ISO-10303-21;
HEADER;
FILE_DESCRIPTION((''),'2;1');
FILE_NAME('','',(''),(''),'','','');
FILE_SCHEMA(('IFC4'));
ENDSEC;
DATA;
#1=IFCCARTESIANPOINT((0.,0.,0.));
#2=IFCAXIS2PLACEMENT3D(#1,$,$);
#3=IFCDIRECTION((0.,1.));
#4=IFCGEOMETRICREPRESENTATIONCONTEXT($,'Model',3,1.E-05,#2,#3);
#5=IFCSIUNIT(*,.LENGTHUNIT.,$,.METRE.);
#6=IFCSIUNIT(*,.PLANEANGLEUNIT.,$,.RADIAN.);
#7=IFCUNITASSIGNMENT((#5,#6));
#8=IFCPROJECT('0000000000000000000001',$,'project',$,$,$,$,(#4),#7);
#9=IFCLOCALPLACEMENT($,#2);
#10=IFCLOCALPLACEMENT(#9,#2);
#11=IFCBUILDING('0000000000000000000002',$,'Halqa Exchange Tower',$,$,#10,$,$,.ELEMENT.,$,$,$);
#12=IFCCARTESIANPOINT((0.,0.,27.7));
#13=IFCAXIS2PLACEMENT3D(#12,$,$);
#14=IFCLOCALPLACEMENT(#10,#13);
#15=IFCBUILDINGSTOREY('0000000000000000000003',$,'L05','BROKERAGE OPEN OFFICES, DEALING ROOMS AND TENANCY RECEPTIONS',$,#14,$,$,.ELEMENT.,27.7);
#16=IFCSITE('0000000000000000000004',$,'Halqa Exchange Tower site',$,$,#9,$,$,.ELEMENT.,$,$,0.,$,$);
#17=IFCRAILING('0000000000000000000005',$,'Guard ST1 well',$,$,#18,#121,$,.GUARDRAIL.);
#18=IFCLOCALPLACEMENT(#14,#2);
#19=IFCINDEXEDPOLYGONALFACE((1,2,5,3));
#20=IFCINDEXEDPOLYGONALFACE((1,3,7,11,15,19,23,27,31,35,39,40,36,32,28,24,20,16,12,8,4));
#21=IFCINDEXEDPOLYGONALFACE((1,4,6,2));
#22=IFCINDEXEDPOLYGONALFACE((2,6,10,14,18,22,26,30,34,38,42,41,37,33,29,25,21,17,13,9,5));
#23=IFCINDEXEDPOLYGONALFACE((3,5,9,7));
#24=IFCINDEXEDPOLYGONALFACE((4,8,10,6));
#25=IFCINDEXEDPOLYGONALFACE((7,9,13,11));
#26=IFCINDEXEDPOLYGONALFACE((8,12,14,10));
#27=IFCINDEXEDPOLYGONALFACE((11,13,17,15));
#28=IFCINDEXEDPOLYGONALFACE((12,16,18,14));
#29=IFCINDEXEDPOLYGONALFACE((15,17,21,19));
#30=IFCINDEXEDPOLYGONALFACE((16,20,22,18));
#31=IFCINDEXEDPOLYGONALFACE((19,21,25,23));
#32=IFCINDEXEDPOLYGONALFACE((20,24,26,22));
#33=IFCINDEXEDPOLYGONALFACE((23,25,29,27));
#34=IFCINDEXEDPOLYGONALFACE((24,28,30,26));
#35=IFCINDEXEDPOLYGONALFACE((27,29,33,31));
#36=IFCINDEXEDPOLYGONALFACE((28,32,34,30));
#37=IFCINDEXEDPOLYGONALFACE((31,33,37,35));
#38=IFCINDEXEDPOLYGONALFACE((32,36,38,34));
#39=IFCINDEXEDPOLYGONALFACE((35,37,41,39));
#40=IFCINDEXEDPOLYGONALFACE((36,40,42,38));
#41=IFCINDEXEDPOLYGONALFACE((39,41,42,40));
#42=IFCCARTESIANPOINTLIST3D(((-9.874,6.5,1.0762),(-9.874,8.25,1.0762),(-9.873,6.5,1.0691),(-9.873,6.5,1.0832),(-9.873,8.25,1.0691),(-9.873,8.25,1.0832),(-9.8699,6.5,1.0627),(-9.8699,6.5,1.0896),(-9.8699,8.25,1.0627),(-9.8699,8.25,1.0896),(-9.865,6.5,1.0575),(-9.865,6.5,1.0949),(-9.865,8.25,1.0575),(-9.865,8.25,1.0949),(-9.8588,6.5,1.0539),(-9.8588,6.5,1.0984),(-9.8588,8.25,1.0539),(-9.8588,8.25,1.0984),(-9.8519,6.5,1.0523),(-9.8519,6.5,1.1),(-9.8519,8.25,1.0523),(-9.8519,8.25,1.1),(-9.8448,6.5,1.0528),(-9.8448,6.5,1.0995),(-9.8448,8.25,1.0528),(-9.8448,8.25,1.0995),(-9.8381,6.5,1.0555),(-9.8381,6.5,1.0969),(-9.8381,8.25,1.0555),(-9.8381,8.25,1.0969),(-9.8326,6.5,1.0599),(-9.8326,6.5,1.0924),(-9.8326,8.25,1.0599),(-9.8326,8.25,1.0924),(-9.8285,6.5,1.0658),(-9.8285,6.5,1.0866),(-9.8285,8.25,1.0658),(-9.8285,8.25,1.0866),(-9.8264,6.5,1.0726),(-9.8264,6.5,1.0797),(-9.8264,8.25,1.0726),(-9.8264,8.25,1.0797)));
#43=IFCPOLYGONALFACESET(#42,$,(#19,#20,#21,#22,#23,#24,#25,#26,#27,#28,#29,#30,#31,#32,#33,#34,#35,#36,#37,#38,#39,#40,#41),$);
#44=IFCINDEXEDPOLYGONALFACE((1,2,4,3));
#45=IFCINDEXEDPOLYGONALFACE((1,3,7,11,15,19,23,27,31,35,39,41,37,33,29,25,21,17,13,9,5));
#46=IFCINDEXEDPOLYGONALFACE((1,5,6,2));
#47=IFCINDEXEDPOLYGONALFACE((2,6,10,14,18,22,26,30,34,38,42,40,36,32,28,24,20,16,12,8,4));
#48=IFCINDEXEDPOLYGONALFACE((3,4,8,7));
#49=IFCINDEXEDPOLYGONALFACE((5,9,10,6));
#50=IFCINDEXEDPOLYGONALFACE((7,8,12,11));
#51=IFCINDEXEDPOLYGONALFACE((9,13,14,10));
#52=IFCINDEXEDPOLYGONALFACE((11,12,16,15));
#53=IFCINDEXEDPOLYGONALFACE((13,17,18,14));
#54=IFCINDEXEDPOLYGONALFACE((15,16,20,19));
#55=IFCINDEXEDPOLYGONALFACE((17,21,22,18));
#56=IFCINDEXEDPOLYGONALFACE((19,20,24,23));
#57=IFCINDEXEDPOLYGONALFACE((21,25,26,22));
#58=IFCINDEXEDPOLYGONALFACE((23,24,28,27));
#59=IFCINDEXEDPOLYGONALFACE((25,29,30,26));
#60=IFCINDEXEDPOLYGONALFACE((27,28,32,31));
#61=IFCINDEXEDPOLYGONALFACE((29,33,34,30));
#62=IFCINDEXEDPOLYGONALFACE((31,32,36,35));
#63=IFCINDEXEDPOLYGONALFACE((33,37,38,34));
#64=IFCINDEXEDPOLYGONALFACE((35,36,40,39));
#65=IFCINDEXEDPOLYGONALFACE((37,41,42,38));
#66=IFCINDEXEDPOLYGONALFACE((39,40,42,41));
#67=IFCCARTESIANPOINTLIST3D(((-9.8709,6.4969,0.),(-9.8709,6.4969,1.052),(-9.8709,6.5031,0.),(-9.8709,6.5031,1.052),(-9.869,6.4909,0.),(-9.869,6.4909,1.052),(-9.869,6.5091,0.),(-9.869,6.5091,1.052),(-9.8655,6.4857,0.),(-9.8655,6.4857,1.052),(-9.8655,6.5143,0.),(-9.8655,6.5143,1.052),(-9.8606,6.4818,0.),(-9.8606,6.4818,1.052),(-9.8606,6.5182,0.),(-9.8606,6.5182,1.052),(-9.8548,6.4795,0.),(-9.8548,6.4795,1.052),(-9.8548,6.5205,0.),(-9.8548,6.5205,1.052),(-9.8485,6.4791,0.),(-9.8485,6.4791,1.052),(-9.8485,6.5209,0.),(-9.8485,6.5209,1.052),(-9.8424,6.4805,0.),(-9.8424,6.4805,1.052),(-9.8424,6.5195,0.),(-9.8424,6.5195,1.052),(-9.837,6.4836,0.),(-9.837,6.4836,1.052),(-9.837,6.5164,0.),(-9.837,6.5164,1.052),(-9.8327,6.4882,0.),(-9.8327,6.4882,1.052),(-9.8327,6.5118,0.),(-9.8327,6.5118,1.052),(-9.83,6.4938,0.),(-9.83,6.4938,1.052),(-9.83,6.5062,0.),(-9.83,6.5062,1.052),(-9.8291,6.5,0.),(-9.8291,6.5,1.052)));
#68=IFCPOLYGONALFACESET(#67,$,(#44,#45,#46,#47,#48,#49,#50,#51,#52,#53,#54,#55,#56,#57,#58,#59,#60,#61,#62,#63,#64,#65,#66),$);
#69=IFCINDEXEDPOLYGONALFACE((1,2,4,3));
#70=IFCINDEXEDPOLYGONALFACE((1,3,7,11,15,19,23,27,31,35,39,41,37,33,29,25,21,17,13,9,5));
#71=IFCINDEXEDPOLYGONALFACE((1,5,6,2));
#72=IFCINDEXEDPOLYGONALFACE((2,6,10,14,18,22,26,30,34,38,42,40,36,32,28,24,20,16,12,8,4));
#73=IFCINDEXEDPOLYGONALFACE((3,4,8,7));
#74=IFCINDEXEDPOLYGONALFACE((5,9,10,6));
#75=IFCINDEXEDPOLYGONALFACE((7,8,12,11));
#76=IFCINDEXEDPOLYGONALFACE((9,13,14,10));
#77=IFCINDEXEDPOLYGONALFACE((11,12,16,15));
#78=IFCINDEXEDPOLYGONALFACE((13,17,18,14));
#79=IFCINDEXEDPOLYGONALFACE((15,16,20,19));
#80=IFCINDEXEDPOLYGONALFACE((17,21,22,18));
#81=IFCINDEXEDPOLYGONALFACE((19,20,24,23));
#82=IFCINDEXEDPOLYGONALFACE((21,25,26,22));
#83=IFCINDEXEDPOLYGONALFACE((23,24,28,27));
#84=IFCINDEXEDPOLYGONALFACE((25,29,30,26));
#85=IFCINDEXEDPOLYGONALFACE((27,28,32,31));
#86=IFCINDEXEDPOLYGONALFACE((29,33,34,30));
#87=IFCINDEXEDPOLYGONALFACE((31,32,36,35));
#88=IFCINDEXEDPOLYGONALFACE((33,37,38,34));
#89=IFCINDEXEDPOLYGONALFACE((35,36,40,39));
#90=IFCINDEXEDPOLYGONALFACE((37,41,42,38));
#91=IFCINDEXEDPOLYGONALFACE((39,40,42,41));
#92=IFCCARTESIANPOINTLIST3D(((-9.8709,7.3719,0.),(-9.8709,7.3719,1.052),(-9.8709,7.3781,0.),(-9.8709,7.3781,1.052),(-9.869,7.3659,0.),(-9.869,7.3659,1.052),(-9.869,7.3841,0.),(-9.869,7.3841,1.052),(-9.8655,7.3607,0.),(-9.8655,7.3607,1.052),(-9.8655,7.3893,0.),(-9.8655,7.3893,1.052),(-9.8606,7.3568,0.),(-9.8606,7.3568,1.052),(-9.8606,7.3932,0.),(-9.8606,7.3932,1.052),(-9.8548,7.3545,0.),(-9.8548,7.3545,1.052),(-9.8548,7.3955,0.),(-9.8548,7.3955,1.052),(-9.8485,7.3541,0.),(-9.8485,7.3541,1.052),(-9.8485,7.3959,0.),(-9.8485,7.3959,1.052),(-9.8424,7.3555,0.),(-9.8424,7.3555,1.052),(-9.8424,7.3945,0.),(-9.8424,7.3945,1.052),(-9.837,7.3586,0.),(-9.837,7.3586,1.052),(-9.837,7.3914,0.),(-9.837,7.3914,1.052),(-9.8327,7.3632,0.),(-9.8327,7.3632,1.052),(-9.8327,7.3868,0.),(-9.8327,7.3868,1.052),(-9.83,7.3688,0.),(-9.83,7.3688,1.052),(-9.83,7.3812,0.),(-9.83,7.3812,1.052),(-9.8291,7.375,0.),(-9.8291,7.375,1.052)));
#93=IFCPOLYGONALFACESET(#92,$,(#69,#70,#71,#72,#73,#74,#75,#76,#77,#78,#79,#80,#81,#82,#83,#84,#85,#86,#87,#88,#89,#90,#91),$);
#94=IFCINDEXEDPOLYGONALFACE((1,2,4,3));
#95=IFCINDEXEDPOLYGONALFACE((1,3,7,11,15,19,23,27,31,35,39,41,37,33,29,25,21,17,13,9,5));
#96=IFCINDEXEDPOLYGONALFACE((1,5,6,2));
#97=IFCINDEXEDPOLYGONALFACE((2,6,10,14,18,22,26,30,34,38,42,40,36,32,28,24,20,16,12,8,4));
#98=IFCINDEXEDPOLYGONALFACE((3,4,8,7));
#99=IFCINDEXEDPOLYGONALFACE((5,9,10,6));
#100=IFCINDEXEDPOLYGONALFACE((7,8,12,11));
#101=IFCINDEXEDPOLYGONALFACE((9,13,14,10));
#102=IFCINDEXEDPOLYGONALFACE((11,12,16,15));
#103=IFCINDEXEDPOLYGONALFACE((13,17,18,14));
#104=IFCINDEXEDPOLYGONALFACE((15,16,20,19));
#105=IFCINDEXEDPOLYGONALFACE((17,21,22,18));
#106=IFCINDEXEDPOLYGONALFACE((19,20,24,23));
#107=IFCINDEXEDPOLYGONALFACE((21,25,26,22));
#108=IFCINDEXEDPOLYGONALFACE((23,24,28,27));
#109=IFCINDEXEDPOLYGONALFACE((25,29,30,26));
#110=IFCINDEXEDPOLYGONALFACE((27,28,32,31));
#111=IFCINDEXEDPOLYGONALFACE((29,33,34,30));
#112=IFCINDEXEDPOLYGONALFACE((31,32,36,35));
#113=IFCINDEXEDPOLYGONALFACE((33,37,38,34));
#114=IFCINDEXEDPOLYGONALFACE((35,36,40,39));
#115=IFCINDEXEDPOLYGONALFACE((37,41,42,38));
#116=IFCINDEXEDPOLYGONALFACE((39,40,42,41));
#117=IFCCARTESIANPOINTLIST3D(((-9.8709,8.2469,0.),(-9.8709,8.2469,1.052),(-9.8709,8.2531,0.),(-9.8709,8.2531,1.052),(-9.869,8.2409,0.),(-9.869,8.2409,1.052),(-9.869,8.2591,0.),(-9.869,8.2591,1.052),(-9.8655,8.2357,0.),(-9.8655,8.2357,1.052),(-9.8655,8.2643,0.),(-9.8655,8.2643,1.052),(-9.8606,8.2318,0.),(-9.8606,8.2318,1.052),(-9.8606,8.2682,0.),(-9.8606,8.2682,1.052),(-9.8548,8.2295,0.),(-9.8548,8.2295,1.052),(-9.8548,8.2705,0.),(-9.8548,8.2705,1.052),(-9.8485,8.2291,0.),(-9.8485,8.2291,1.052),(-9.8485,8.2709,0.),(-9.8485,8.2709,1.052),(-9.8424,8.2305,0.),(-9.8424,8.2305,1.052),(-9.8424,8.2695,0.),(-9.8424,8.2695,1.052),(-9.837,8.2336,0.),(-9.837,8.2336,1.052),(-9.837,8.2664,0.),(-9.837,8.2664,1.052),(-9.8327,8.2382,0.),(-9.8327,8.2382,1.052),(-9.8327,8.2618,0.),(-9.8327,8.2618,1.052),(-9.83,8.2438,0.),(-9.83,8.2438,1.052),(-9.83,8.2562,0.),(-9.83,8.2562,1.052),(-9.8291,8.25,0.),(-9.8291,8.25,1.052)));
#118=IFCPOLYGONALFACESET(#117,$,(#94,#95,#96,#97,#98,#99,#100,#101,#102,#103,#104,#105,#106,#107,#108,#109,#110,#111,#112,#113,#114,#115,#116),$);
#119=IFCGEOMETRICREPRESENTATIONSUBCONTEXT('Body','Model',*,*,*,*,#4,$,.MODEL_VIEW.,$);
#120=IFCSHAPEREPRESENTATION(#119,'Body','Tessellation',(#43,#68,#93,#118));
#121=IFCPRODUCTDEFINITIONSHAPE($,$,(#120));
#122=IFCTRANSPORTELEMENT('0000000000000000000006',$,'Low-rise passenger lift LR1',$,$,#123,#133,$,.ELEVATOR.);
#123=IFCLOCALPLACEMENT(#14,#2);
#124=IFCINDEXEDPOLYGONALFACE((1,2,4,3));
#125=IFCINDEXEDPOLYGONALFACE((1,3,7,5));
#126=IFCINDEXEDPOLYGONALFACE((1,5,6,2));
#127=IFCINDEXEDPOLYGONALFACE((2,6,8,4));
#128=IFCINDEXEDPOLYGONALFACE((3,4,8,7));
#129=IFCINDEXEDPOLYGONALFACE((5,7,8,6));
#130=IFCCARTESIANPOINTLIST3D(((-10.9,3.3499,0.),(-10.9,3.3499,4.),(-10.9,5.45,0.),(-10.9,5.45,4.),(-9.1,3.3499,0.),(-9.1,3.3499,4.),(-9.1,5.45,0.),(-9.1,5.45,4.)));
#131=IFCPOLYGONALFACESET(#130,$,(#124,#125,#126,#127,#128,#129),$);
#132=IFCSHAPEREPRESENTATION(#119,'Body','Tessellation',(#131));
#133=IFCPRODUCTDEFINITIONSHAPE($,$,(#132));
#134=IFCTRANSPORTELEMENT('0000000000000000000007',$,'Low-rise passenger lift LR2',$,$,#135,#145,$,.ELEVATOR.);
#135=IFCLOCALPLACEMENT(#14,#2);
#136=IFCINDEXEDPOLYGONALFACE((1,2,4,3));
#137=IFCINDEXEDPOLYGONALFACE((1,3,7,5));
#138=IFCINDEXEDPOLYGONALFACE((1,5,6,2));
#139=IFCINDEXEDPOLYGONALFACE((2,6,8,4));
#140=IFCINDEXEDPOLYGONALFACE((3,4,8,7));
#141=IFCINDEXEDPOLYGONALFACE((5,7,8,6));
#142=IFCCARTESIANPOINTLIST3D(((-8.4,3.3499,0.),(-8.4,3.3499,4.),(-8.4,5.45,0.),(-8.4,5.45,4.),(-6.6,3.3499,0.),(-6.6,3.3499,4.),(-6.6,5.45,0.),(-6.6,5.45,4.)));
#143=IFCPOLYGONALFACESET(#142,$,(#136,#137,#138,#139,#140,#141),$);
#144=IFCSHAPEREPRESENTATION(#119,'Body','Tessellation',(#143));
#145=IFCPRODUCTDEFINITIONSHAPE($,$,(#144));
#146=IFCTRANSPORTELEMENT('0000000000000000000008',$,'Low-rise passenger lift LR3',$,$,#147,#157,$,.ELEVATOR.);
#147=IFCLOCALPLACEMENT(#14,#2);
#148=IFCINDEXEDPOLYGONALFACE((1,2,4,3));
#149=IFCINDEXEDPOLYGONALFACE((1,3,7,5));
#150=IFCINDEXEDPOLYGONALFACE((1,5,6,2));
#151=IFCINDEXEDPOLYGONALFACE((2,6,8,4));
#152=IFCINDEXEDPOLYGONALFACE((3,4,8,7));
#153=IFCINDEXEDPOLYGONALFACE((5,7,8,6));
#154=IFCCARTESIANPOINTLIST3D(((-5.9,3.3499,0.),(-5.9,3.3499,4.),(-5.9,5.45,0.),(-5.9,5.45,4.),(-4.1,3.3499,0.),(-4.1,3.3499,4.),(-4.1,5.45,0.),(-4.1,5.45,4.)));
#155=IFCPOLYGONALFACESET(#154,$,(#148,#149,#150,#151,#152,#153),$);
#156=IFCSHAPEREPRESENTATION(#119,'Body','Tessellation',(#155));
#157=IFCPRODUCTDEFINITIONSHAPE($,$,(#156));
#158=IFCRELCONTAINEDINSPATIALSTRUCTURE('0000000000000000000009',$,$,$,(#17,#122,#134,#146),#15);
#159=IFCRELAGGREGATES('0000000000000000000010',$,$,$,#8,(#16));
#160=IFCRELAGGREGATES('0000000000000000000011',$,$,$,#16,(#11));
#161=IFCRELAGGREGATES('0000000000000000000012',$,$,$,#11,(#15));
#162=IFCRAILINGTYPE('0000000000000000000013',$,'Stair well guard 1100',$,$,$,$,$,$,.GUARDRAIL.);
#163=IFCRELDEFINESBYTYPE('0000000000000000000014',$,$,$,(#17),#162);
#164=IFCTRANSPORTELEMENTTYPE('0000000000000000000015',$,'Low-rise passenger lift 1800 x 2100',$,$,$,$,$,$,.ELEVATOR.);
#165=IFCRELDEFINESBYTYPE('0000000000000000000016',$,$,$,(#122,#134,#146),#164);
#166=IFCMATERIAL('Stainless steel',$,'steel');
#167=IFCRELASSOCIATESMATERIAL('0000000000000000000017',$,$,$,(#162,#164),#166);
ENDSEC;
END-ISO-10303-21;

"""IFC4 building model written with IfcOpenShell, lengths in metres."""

from ifc_helpers import new_model, si_unit, direction, frame, origin, origin_2d, place, context, subcontext, project, spatial, rectangle, circle, extrude, material, type_object, element, save


model = new_model("IFC4")

# Units and contexts
model_context = context("Model", 3, precision=1e-05, world=origin(), true_north=direction((0.0, 1.0)))
body_context = subcontext(model_context, "Body", "Model", "MODEL_VIEW")
ifc_project = project(units=[si_unit("LENGTHUNIT", "METRE"), si_unit("PLANEANGLEUNIT", "RADIAN")], contexts=[model_context])

# Site, building, storey
site_placement = place(None, origin())
site = spatial("IfcSite", under=ifc_project, at=site_placement, Name="Halqa Exchange Tower site", CompositionType="ELEMENT", RefElevation=0.0)
building_placement = place(site_placement, origin())
building = spatial("IfcBuilding", under=site, at=building_placement, Name="Halqa Exchange Tower", CompositionType="ELEMENT")
storey_placement = place(building_placement, frame((0.0, 0.0, 27.7)))
storey = spatial("IfcBuildingStorey", under=building, at=storey_placement, Name="L05", Description="BROKERAGE OPEN OFFICES, DEALING ROOMS AND TENANCY RECEPTIONS", CompositionType="ELEMENT", Elevation=27.7)

# Shared definitions
ifc_material_1 = material(Name="Stainless steel", Category="steel")

# Railing
railing_type_1 = type_object("IfcRailingType", Name="Stair well guard 1100", PredefinedType="GUARDRAIL", material=ifc_material_1)
railing_1_placement = place(storey_placement, frame((-9.8501, 6.5, 0.0)))
element("IfcRailing", 1, at=railing_1_placement, inside=storey, type_object=railing_type_1, Name="Guard ST1 well", PredefinedType="GUARDRAIL", context=body_context, shape_type="SweptSolid", body=[
    extrude(circle(Radius=0.0239, at=origin_2d()), frame((0.0, 0.0, 1.0762), z_axis=(0.0, 1.0, 0.0), x_axis=(-1.0, 0.0, 0.0)), (0.0, 0.0, 1.0), 1.75),
    extrude(circle(Radius=0.021, at=origin_2d()), origin(), (0.0, 0.0, 1.0), 1.052),
    extrude(circle(Radius=0.021, at=origin_2d()), frame((0.0, 0.875, 0.0)), (0.0, 0.0, 1.0), 1.052),
    extrude(circle(Radius=0.021, at=origin_2d()), frame((0.0, 1.75, 0.0)), (0.0, 0.0, 1.0), 1.052),
])

# Transport elements
transport_element_type = type_object("IfcTransportElementType", Name="Low-rise passenger lift 1800 x 2100", PredefinedType="ELEVATOR", material=ifc_material_1)
for number, where, z_axis, x_axis, name in (
    (2, (-10.0, 4.3999, 0.0), (0.0, 0.0, 1.0), (1.0, 0.0, 0.0), "Low-rise passenger lift LR1"),
    (3, (-7.5, 4.3999, 0.0), (0.0, 0.0, 1.0), (1.0, 0.0, 0.0), "Low-rise passenger lift LR2"),
    (4, (-5.0, 4.3999, 0.0), (0.0, 0.0, 1.0), (1.0, 0.0, 0.0), "Low-rise passenger lift LR3"),
):
    element("IfcTransportElement", number, at=place(storey_placement, frame(where, z_axis=z_axis, x_axis=x_axis)), inside=storey, type_object=transport_element_type, Name=name, PredefinedType="ELEVATOR", context=body_context, shape_type="SweptSolid", body=[
        extrude(rectangle(XDim=1.8, YDim=2.1001, at=origin_2d()), origin(), (0.0, 0.0, 1.0), 4.0),
    ])

save(model, "model.ifc")
